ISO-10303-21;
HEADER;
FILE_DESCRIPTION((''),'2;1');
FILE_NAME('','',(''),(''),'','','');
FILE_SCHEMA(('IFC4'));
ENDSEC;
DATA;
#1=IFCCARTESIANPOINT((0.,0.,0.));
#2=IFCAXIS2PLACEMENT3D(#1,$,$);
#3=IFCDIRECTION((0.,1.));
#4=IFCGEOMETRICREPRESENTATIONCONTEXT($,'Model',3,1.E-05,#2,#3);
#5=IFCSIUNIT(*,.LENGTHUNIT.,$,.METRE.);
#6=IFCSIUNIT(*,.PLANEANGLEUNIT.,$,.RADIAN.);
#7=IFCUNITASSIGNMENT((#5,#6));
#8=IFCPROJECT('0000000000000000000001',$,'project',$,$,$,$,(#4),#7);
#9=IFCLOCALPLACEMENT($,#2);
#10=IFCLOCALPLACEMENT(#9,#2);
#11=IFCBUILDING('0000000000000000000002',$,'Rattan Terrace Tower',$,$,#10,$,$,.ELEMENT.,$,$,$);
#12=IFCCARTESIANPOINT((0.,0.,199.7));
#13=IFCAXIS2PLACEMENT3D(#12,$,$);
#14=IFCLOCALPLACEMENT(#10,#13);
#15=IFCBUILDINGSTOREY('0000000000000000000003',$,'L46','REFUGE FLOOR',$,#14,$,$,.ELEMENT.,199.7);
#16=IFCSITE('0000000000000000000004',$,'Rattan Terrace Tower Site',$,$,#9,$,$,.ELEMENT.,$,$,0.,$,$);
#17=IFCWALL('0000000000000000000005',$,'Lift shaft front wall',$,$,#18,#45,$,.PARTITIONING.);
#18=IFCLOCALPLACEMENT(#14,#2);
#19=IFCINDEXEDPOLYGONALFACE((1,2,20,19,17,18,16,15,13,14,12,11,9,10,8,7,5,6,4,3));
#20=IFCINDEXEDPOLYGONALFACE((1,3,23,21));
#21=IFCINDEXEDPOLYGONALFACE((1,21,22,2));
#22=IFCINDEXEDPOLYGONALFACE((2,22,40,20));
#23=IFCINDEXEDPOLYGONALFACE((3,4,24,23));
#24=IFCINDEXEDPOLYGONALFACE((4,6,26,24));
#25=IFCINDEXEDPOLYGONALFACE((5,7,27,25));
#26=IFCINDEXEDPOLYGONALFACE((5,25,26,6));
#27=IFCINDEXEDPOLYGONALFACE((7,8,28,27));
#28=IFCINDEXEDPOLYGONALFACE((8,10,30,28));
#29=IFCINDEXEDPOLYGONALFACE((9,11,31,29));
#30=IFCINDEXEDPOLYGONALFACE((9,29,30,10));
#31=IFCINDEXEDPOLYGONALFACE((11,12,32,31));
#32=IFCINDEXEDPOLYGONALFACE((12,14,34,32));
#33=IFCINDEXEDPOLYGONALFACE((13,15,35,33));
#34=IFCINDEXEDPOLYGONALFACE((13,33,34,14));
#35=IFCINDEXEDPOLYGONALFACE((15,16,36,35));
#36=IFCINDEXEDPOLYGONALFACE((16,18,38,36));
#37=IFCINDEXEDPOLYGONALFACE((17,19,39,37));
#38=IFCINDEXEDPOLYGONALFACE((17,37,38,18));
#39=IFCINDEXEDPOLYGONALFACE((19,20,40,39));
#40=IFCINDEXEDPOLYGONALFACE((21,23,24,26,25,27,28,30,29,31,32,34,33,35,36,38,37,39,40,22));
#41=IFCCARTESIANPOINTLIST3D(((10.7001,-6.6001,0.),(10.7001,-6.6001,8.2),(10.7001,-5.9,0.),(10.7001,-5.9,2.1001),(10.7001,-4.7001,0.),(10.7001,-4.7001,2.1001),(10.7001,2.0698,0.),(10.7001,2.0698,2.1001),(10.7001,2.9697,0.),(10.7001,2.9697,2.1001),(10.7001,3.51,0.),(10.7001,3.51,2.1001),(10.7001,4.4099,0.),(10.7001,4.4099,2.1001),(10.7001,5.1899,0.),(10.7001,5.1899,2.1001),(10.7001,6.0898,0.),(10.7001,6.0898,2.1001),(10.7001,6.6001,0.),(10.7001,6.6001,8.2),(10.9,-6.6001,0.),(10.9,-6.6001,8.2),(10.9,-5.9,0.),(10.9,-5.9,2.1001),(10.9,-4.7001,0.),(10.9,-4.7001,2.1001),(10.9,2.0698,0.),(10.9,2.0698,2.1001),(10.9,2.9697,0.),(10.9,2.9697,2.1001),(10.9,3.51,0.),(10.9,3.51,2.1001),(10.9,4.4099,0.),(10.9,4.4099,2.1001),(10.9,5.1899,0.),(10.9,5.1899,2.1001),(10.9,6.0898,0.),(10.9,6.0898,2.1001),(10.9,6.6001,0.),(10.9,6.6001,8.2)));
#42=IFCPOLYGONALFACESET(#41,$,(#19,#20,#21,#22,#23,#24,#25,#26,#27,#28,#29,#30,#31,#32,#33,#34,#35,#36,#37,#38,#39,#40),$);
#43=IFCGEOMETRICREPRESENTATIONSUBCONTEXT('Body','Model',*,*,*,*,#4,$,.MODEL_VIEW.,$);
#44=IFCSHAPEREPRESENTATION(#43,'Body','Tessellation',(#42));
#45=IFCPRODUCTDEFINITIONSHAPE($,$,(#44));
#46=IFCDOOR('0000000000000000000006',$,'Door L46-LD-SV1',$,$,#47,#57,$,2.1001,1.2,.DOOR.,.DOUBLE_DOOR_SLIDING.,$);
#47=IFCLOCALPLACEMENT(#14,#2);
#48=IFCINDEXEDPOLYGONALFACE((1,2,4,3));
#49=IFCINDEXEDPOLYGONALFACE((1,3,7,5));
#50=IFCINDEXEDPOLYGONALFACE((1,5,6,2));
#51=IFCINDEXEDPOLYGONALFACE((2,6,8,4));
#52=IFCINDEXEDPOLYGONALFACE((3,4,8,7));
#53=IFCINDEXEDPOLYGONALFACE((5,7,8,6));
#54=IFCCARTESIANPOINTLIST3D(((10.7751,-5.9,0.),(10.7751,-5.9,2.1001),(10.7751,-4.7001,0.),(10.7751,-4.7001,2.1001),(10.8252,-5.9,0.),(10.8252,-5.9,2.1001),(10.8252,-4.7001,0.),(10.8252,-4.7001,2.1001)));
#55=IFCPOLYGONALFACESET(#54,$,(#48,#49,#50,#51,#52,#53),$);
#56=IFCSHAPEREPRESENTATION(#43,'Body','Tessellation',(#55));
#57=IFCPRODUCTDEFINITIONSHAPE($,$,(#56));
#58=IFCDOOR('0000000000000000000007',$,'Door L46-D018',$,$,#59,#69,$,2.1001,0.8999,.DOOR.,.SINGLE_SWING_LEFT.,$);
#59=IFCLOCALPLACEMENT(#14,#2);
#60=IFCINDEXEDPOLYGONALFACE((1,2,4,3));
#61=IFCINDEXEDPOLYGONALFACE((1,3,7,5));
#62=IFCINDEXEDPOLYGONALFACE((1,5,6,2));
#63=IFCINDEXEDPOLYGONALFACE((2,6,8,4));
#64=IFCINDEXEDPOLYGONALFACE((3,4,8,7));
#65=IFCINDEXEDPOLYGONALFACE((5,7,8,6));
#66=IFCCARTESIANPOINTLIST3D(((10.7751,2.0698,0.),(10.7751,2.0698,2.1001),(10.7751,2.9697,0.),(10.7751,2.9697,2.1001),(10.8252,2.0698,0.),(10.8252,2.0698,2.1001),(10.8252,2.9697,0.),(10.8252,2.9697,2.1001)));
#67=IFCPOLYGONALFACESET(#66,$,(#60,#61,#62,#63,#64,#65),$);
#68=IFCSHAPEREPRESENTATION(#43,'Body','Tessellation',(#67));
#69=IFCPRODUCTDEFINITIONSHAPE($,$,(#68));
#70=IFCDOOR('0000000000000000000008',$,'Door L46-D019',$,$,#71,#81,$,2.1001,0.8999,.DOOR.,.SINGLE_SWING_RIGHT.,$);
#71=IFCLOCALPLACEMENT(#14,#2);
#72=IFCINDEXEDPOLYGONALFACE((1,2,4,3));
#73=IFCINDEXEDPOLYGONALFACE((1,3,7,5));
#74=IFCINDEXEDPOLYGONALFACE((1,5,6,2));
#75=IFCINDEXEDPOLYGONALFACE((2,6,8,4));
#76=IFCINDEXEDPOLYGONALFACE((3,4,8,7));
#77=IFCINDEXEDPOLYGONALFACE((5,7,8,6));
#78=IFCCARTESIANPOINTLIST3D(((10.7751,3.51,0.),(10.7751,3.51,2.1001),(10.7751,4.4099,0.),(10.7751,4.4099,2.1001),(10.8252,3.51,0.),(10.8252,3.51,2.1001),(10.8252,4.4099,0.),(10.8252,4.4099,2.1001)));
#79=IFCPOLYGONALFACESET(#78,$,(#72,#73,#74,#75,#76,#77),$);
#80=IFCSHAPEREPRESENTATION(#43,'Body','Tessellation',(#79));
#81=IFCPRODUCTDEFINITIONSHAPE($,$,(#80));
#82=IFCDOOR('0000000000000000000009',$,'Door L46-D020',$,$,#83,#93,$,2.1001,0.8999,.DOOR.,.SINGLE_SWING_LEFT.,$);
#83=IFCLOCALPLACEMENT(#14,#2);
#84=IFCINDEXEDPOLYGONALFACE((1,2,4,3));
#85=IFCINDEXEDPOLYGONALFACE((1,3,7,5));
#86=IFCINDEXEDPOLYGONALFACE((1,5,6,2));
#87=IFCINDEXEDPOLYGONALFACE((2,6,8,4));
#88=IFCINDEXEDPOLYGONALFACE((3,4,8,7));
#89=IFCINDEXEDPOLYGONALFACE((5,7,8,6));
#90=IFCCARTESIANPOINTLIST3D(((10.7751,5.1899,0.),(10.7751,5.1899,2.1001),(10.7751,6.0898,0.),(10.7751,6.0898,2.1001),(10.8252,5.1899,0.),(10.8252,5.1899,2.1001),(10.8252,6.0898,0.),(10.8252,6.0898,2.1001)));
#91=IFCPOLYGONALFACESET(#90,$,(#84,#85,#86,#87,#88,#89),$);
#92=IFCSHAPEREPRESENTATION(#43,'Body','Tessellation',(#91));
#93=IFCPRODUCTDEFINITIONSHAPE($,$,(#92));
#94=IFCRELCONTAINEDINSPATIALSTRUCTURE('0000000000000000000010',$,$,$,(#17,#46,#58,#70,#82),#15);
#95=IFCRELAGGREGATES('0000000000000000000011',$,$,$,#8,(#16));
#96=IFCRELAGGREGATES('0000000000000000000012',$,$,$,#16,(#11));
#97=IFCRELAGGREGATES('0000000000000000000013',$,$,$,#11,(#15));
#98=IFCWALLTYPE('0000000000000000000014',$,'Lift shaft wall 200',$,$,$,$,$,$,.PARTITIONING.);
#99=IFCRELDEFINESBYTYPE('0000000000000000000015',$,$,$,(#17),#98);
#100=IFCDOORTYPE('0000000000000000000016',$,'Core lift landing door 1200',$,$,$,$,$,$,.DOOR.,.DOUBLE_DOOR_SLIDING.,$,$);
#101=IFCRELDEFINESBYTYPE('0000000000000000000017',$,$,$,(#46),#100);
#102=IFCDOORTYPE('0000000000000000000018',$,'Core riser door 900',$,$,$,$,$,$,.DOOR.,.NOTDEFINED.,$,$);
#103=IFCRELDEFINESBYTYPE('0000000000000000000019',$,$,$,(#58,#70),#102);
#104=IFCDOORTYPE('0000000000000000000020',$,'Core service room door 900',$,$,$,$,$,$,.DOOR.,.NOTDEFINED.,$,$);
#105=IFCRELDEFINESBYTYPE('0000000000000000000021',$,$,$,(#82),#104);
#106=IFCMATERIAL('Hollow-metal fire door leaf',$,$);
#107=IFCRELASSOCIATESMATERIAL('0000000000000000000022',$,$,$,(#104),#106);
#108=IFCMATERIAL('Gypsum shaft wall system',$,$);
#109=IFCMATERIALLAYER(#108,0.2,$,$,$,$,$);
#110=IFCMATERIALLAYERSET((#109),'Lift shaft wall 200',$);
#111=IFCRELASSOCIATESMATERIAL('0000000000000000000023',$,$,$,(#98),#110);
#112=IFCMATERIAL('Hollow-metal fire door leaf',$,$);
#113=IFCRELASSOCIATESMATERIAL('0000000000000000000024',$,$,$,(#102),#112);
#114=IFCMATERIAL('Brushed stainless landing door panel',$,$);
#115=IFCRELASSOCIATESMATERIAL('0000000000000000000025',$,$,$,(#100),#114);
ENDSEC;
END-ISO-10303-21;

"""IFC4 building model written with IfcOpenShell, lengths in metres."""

from ifc_helpers import new_model, si_unit, direction, frame, frame_2d, origin, place, context, subcontext, project, spatial, rectangle, extrude, material, layer, layer_set, type_object, element, fill, save


model = new_model("IFC4")

# Units and contexts
model_context = context("Model", 3, precision=1e-05, world=origin(), true_north=direction((0.0, 1.0)))
body_context = subcontext(model_context, "Body", "Model", "MODEL_VIEW")
ifc_project = project(units=[si_unit("LENGTHUNIT", "METRE"), si_unit("PLANEANGLEUNIT", "RADIAN")], contexts=[model_context])

# Site, building, storey
site_placement = place(None, origin())
site = spatial("IfcSite", under=ifc_project, at=site_placement, Name="Rattan Terrace Tower Site", CompositionType="ELEMENT", RefElevation=0.0)
building_placement = place(site_placement, origin())
building = spatial("IfcBuilding", under=site, at=building_placement, Name="Rattan Terrace Tower", CompositionType="ELEMENT")
storey_placement = place(building_placement, frame((0.0, 0.0, 199.7)))
storey = spatial("IfcBuildingStorey", under=building, at=storey_placement, Name="L46", Description="REFUGE FLOOR", CompositionType="ELEMENT", Elevation=199.7)

# Shared definitions
ifc_material_1 = material(Name="Hollow-metal fire door leaf")
door_type_1 = type_object("IfcDoorType", Name="Core service room door 900", OperationType="NOTDEFINED", PredefinedType="DOOR", material=ifc_material_1)

# Shared definitions
ifc_material_2 = material(Name="Gypsum shaft wall system")
ifc_layer_1 = layer(ifc_material_2, 0.2)
ifc_layer_set_1 = layer_set([ifc_layer_1], Name="Lift shaft wall 200")
wall_type_1 = type_object("IfcWallType", Name="Lift shaft wall 200", PredefinedType="PARTITIONING", material=ifc_layer_set_1)
ifc_material_3 = material(Name="Hollow-metal fire door leaf")
door_type_2 = type_object("IfcDoorType", Name="Core riser door 900", OperationType="NOTDEFINED", PredefinedType="DOOR", material=ifc_material_3)

# Wall, openings, doors
wall_1_placement = place(storey_placement, frame((10.8, -6.6001, 0.0), z_axis=(0.0, 0.0, 1.0), x_axis=(0.0, 1.0, 0.0)))
wall_1 = element("IfcWall", 1, at=wall_1_placement, inside=storey, type_object=wall_type_1, Name="Lift shaft front wall", PredefinedType="PARTITIONING", context=body_context, shape_type="SweptSolid", body=[
    extrude(rectangle(XDim=13.2002, YDim=0.2, at=frame_2d((6.6001, 0.0))), origin(), (0.0, 0.0, 1.0), 8.2),
])
opening_1_placement = place(wall_1_placement, frame((0.7, 0.0, 0.0)))
opening_1 = element("IfcOpeningElement", 2, at=opening_1_placement, cuts=wall_1, PredefinedType="OPENING", context=body_context, shape_type="SweptSolid", body=[
    extrude(rectangle(XDim=1.2, YDim=2.1001, at=frame_2d((0.6001, 1.05))), frame((0.0, 0.1106, 0.0), z_axis=(0.0, -1.0, 0.0), x_axis=(1.0, 0.0, 0.0)), (0.0, 0.0, 1.0), 0.2209),
])
opening_2_placement = place(wall_1_placement, frame((8.6699, 0.0, 0.0)))
opening_2 = element("IfcOpeningElement", 3, at=opening_2_placement, cuts=wall_1, PredefinedType="OPENING", context=body_context, shape_type="SweptSolid", body=[
    extrude(rectangle(XDim=0.8999, YDim=2.1001, at=frame_2d((0.45, 1.05))), frame((0.0, 0.1106, 0.0), z_axis=(0.0, -1.0, 0.0), x_axis=(1.0, 0.0, 0.0)), (0.0, 0.0, 1.0), 0.2209),
])
opening_3_placement = place(wall_1_placement, frame((10.1101, 0.0, 0.0)))
opening_3 = element("IfcOpeningElement", 4, at=opening_3_placement, cuts=wall_1, PredefinedType="OPENING", context=body_context, shape_type="SweptSolid", body=[
    extrude(rectangle(XDim=0.8999, YDim=2.1001, at=frame_2d((0.45, 1.05))), frame((0.0, 0.1106, 0.0), z_axis=(0.0, -1.0, 0.0), x_axis=(1.0, 0.0, 0.0)), (0.0, 0.0, 1.0), 0.2209),
])
opening_4_placement = place(wall_1_placement, frame((11.79, 0.0, 0.0)))
opening_4 = element("IfcOpeningElement", 5, at=opening_4_placement, cuts=wall_1, PredefinedType="OPENING", context=body_context, shape_type="SweptSolid", body=[
    extrude(rectangle(XDim=0.8999, YDim=2.1001, at=frame_2d((0.45, 1.05))), frame((0.0, 0.1106, 0.0), z_axis=(0.0, -1.0, 0.0), x_axis=(1.0, 0.0, 0.0)), (0.0, 0.0, 1.0), 0.2209),
])
ifc_material_4 = material(Name="Brushed stainless landing door panel")
door_type_3 = type_object("IfcDoorType", Name="Core lift landing door 1200", OperationType="DOUBLE_DOOR_SLIDING", PredefinedType="DOOR", material=ifc_material_4)
door_1_placement = place(opening_1_placement, origin())
door_1 = element("IfcDoor", 6, at=door_1_placement, inside=storey, type_object=door_type_3, Name="Door L46-LD-SV1", OperationType="DOUBLE_DOOR_SLIDING", OverallHeight=2.1001, OverallWidth=1.2, PredefinedType="DOOR", context=body_context, shape_type="SweptSolid", body=[
    extrude(rectangle(XDim=1.2, YDim=2.1001, at=frame_2d((0.6001, 1.05))), frame((0.0, 0.0249, 0.0), z_axis=(0.0, -1.0, 0.0), x_axis=(1.0, 0.0, 0.0)), (0.0, 0.0, 1.0), 0.05),
])
fill(opening_1, door_1)
door_2_placement = place(opening_2_placement, origin())
door_2 = element("IfcDoor", 7, at=door_2_placement, inside=storey, type_object=door_type_2, Name="Door L46-D018", OperationType="SINGLE_SWING_LEFT", OverallHeight=2.1001, OverallWidth=0.8999, PredefinedType="DOOR", context=body_context, shape_type="SweptSolid", body=[
    extrude(rectangle(XDim=0.8999, YDim=2.1001, at=frame_2d((0.45, 1.05))), frame((0.0, 0.0249, 0.0), z_axis=(0.0, -1.0, 0.0), x_axis=(1.0, 0.0, 0.0)), (0.0, 0.0, 1.0), 0.05),
])
fill(opening_2, door_2)
door_3_placement = place(opening_3_placement, origin())
door_3 = element("IfcDoor", 8, at=door_3_placement, inside=storey, type_object=door_type_2, Name="Door L46-D019", OperationType="SINGLE_SWING_RIGHT", OverallHeight=2.1001, OverallWidth=0.8999, PredefinedType="DOOR", context=body_context, shape_type="SweptSolid", body=[
    extrude(rectangle(XDim=0.8999, YDim=2.1001, at=frame_2d((0.45, 1.05))), frame((0.0, 0.0249, 0.0), z_axis=(0.0, -1.0, 0.0), x_axis=(1.0, 0.0, 0.0)), (0.0, 0.0, 1.0), 0.05),
])
fill(opening_3, door_3)
door_4_placement = place(opening_4_placement, origin())
door_4 = element("IfcDoor", 9, at=door_4_placement, inside=storey, type_object=door_type_1, Name="Door L46-D020", OperationType="SINGLE_SWING_LEFT", OverallHeight=2.1001, OverallWidth=0.8999, PredefinedType="DOOR", context=body_context, shape_type="SweptSolid", body=[
    extrude(rectangle(XDim=0.8999, YDim=2.1001, at=frame_2d((0.45, 1.05))), frame((0.0, 0.0249, 0.0), z_axis=(0.0, -1.0, 0.0), x_axis=(1.0, 0.0, 0.0)), (0.0, 0.0, 1.0), 0.05),
])
fill(opening_4, door_4)

save(model, "model.ifc")
